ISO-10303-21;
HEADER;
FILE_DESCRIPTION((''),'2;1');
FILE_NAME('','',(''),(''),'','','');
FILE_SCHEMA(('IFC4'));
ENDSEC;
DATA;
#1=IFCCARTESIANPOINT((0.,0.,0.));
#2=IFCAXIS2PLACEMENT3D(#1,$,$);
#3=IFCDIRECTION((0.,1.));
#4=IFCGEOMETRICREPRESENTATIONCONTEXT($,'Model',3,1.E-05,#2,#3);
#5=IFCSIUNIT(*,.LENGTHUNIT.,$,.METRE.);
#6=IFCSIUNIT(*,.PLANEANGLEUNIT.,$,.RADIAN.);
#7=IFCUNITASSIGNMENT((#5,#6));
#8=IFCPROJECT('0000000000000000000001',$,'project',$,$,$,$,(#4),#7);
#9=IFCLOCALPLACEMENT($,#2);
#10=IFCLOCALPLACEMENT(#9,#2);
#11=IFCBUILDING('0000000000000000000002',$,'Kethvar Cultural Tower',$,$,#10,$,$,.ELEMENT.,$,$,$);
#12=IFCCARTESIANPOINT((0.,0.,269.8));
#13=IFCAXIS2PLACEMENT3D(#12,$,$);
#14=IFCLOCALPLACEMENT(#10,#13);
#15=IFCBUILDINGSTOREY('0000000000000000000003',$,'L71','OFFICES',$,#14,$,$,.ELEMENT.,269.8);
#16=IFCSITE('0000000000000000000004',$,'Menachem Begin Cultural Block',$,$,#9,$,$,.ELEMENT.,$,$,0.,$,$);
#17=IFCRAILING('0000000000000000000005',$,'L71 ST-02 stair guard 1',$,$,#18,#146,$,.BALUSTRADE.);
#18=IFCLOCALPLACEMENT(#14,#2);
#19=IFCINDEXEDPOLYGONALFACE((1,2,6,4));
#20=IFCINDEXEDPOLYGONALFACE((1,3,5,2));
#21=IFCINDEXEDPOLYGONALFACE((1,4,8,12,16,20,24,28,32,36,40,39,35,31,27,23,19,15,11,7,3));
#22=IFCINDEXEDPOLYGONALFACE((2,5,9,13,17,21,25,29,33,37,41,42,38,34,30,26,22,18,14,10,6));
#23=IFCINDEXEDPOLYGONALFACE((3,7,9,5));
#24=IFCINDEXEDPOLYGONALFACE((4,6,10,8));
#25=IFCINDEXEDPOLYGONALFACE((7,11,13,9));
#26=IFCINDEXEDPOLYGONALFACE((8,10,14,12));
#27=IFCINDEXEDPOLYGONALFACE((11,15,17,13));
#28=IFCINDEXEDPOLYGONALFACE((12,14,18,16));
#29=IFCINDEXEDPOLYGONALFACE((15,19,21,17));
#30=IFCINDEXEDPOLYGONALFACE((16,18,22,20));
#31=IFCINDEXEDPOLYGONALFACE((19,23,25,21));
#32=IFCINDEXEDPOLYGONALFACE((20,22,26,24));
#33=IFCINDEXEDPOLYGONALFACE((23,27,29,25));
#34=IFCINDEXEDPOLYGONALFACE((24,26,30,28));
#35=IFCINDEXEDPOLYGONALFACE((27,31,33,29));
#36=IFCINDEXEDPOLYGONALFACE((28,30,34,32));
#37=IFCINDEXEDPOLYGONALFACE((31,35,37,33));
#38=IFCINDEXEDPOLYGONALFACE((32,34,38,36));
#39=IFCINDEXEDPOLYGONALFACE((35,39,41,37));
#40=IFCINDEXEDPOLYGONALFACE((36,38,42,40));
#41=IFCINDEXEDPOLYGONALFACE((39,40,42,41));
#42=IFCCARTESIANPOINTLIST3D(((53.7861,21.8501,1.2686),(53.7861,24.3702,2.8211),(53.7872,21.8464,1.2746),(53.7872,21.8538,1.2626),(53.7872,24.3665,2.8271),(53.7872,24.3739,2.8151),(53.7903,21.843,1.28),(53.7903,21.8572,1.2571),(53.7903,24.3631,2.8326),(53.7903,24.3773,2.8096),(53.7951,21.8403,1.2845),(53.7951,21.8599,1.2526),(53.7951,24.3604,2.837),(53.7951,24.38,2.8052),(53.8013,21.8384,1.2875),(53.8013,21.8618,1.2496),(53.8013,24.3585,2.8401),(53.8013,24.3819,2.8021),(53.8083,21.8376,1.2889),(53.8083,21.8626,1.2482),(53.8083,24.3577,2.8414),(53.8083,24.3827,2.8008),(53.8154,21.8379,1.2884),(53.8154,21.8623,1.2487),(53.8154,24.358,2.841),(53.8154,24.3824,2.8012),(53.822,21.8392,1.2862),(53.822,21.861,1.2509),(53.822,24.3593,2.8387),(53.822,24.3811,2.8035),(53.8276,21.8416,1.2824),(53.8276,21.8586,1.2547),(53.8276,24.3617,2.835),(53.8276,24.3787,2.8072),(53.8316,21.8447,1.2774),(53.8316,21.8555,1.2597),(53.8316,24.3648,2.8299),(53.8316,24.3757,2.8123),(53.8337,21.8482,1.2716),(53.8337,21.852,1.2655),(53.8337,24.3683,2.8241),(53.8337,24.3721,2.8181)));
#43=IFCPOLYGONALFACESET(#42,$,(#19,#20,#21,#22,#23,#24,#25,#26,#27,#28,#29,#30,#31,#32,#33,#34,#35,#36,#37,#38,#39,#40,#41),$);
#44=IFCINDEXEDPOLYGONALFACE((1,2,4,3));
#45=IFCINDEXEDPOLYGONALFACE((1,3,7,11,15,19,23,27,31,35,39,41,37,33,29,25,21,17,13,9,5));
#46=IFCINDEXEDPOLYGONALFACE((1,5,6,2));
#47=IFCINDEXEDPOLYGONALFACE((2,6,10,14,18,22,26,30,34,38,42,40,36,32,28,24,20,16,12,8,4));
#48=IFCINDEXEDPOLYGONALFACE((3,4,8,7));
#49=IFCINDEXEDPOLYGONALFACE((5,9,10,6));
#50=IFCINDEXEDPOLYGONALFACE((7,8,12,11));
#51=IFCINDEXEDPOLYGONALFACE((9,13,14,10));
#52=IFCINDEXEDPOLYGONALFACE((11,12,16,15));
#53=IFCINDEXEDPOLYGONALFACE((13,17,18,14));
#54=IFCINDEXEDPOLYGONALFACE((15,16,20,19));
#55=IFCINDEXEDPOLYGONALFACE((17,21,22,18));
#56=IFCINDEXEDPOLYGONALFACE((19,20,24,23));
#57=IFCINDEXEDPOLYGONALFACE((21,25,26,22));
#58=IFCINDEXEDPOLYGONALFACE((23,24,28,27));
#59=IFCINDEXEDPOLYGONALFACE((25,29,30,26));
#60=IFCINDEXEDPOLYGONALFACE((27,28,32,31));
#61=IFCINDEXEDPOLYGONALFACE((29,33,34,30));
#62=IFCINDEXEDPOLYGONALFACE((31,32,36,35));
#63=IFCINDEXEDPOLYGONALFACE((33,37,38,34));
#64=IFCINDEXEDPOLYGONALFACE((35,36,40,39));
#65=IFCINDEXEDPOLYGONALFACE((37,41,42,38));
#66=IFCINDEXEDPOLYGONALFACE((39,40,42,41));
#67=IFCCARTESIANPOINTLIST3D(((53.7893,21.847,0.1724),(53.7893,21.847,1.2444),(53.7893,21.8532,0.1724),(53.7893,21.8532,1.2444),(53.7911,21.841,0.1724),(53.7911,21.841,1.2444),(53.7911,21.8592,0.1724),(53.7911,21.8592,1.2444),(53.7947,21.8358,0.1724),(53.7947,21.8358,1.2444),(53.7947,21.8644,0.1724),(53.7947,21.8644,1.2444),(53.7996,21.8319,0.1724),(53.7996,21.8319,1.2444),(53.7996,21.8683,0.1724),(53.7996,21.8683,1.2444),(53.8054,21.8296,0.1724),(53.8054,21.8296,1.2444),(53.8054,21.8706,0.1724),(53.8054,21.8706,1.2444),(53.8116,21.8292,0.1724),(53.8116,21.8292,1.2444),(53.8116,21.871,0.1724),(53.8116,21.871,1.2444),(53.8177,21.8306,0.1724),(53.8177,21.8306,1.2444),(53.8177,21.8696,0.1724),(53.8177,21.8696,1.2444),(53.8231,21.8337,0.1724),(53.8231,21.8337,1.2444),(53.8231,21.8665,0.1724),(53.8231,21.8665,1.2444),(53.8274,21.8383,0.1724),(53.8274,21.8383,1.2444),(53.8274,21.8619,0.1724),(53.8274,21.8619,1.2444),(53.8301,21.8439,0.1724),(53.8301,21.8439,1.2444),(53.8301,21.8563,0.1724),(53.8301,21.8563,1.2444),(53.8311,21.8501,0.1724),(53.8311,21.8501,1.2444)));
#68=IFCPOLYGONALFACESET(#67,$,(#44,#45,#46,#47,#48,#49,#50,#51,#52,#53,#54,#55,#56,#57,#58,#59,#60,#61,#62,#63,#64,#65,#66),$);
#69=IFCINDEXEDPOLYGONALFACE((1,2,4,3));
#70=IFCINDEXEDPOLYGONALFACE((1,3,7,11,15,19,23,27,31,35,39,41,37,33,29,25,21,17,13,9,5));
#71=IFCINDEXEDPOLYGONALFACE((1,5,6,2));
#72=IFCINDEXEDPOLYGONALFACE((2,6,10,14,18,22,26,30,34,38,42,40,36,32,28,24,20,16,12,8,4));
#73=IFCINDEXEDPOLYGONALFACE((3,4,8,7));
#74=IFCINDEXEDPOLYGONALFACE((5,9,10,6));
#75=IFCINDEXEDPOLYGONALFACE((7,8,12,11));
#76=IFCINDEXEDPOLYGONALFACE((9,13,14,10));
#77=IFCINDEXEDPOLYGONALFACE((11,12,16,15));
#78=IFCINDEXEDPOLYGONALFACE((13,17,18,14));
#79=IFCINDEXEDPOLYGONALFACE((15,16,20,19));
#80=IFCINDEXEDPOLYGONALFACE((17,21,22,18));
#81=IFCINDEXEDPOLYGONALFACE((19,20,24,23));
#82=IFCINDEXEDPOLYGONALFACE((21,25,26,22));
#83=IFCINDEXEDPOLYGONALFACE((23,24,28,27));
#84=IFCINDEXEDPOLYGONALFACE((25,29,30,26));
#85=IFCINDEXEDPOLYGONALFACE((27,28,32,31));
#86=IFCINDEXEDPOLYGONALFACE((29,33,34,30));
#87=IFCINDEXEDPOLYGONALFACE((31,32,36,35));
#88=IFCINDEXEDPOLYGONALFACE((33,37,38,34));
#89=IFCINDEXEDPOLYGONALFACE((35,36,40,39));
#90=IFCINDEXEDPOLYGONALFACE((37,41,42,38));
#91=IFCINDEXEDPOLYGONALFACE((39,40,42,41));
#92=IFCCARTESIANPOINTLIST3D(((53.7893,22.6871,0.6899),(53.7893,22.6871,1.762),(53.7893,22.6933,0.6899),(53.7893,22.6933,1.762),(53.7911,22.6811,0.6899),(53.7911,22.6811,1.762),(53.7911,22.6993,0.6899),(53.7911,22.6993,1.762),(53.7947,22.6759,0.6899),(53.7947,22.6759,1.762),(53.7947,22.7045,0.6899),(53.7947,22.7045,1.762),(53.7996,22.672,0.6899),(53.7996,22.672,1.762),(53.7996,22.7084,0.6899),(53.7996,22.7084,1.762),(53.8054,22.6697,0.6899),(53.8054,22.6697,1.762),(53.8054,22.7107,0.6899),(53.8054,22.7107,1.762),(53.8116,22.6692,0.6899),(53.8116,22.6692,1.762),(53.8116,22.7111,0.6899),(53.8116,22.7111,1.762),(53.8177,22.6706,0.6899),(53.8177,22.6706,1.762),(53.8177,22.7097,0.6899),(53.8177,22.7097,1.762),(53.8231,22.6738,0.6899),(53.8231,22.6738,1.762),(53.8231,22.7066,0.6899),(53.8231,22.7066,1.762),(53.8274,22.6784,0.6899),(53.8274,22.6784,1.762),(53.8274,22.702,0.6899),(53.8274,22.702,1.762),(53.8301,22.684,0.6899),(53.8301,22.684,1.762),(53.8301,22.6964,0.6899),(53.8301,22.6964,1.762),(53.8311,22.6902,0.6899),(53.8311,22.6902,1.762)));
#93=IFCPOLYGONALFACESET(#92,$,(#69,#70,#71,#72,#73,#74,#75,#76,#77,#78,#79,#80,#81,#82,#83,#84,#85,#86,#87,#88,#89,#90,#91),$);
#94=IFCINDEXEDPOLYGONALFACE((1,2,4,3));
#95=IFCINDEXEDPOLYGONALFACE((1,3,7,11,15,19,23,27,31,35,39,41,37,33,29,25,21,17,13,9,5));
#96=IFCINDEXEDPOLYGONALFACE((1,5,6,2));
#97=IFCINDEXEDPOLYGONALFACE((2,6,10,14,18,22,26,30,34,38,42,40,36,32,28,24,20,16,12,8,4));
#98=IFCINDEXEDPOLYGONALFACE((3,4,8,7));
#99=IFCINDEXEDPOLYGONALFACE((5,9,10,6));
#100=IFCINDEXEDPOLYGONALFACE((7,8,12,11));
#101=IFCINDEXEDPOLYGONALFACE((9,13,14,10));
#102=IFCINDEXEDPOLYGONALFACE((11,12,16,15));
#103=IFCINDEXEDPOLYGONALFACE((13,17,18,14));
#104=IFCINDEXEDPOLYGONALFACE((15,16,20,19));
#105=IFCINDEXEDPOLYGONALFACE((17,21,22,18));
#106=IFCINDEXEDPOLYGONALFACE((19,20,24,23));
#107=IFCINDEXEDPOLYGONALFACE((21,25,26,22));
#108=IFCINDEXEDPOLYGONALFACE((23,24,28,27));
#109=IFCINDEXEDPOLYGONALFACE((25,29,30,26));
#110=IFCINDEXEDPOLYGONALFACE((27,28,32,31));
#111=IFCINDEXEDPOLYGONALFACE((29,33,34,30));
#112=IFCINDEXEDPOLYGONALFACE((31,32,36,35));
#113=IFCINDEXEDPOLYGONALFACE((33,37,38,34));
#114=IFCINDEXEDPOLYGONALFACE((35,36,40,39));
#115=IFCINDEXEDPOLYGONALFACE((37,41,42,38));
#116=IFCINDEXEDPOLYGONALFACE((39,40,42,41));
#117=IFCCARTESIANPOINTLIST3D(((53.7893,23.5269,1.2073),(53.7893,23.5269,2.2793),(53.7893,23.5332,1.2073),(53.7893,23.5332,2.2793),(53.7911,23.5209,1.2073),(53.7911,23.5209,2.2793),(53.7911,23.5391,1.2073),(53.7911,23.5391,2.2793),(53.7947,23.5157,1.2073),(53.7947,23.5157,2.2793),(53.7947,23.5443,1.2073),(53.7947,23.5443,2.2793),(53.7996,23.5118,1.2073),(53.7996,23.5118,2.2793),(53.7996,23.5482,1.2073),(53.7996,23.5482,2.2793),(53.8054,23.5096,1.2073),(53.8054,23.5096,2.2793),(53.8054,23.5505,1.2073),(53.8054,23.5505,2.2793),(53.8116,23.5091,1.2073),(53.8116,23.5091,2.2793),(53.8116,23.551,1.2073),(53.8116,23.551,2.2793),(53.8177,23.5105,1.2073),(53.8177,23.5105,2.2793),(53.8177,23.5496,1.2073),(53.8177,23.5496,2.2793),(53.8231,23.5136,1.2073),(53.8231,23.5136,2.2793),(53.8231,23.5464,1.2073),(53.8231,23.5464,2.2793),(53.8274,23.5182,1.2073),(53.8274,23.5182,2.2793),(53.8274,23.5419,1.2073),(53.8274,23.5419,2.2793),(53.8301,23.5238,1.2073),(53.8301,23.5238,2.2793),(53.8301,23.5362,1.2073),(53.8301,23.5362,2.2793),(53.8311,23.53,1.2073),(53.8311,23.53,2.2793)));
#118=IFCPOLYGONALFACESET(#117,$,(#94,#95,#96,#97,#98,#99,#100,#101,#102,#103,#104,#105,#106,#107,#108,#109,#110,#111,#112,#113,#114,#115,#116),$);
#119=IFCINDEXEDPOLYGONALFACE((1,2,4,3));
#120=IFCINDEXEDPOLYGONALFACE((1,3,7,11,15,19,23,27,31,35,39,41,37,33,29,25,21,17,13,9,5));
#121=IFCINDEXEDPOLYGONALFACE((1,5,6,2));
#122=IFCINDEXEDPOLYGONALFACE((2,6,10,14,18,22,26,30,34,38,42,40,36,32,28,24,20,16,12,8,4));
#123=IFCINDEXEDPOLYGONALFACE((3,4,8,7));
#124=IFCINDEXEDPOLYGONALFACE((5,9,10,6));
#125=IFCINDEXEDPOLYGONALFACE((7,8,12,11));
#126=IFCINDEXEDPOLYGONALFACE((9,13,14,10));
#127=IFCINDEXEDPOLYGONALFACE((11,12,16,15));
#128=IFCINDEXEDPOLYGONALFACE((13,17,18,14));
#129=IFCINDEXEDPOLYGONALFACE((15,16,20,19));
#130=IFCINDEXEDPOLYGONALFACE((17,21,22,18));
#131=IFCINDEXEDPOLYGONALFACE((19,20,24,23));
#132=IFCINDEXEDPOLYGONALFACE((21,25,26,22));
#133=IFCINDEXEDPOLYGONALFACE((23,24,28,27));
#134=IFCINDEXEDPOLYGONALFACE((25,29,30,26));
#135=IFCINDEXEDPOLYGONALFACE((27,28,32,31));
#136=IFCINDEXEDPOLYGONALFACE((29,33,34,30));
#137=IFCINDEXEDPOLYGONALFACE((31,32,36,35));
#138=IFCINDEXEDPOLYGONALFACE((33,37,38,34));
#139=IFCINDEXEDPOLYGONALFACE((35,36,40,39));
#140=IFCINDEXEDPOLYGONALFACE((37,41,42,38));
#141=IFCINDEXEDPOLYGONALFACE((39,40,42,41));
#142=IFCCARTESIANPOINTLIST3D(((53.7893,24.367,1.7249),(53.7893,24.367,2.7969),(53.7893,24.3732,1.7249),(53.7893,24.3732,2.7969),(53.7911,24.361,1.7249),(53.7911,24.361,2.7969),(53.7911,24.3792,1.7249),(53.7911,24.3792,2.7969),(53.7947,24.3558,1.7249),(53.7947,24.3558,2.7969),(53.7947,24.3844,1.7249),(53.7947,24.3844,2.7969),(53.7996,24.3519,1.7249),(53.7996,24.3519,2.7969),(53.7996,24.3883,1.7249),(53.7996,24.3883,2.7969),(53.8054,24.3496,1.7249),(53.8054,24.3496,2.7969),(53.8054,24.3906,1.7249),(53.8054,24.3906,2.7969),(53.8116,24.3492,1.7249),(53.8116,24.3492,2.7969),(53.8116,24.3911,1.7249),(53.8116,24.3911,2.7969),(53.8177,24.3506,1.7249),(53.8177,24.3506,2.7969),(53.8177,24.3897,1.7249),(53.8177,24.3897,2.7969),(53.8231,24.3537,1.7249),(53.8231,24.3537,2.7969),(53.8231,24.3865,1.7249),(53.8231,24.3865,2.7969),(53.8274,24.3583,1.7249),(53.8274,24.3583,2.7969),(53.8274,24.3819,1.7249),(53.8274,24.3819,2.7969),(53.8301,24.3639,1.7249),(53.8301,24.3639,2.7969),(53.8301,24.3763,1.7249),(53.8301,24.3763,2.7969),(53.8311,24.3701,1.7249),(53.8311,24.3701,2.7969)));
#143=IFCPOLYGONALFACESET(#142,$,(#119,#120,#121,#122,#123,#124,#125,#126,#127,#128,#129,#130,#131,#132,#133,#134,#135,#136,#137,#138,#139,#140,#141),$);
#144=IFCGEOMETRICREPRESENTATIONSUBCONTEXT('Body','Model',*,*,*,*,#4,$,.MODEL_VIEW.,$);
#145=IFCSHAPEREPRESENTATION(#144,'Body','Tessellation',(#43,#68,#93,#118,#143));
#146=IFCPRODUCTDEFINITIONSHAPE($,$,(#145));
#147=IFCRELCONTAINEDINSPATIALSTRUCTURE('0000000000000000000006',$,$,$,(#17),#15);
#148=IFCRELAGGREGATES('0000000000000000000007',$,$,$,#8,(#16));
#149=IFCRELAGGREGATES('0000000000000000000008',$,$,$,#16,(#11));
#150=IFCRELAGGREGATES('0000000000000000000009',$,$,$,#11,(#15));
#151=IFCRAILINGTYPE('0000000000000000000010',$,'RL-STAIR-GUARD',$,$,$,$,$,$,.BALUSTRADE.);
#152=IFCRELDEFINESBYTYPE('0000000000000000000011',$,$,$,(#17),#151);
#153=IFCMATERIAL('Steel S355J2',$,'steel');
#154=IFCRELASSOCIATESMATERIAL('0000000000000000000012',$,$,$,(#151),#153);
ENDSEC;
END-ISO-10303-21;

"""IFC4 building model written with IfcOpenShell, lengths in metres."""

from ifc_helpers import new_model, si_unit, direction, frame, origin, origin_2d, place, context, subcontext, project, spatial, circle, extrude, material, type_object, element, save


model = new_model("IFC4")

# Units and contexts
model_context = context("Model", 3, precision=1e-05, world=origin(), true_north=direction((0.0, 1.0)))
body_context = subcontext(model_context, "Body", "Model", "MODEL_VIEW")
ifc_project = project(units=[si_unit("LENGTHUNIT", "METRE"), si_unit("PLANEANGLEUNIT", "RADIAN")], contexts=[model_context])

# Site, building, storey
site_placement = place(None, origin())
site = spatial("IfcSite", under=ifc_project, at=site_placement, Name="Menachem Begin Cultural Block", CompositionType="ELEMENT", RefElevation=0.0)
building_placement = place(site_placement, origin())
building = spatial("IfcBuilding", under=site, at=building_placement, Name="Kethvar Cultural Tower", CompositionType="ELEMENT")
storey_placement = place(building_placement, frame((0.0, 0.0, 269.8)))
storey = spatial("IfcBuildingStorey", under=building, at=storey_placement, Name="L71", Description="OFFICES", CompositionType="ELEMENT", Elevation=269.8)

# Shared definitions
ifc_material_1 = material(Name="Steel S355J2", Category="steel")

# Railing
railing_type_1 = type_object("IfcRailingType", Name="RL-STAIR-GUARD", PredefinedType="BALUSTRADE", material=ifc_material_1)
railing_1_placement = place(storey_placement, frame((53.8101, 21.8501, 0.1724)))
element("IfcRailing", 1, at=railing_1_placement, inside=storey, type_object=railing_type_1, Name="L71 ST-02 stair guard 1", PredefinedType="BALUSTRADE", context=body_context, shape_type="SweptSolid", body=[
    extrude(circle(Radius=0.0239, at=origin_2d()), frame((0.0, 0.0, 1.0962), z_axis=(0.0, 0.8514, 0.524516), x_axis=(-1.0, 0.0, 0.0)), (0.0, 0.0, 1.0), 2.96),
    extrude(circle(Radius=0.021, at=origin_2d()), origin(), (0.0, 0.0, 1.0), 1.072),
    extrude(circle(Radius=0.021, at=origin_2d()), frame((0.0, 0.8401, 0.5176)), (0.0, 0.0, 1.0), 1.072),
    extrude(circle(Radius=0.021, at=origin_2d()), frame((0.0, 1.6799, 1.0349)), (0.0, 0.0, 1.0), 1.072),
    extrude(circle(Radius=0.021, at=origin_2d()), frame((0.0, 2.52, 1.5525)), (0.0, 0.0, 1.0), 1.072),
])

save(model, "model.ifc")
